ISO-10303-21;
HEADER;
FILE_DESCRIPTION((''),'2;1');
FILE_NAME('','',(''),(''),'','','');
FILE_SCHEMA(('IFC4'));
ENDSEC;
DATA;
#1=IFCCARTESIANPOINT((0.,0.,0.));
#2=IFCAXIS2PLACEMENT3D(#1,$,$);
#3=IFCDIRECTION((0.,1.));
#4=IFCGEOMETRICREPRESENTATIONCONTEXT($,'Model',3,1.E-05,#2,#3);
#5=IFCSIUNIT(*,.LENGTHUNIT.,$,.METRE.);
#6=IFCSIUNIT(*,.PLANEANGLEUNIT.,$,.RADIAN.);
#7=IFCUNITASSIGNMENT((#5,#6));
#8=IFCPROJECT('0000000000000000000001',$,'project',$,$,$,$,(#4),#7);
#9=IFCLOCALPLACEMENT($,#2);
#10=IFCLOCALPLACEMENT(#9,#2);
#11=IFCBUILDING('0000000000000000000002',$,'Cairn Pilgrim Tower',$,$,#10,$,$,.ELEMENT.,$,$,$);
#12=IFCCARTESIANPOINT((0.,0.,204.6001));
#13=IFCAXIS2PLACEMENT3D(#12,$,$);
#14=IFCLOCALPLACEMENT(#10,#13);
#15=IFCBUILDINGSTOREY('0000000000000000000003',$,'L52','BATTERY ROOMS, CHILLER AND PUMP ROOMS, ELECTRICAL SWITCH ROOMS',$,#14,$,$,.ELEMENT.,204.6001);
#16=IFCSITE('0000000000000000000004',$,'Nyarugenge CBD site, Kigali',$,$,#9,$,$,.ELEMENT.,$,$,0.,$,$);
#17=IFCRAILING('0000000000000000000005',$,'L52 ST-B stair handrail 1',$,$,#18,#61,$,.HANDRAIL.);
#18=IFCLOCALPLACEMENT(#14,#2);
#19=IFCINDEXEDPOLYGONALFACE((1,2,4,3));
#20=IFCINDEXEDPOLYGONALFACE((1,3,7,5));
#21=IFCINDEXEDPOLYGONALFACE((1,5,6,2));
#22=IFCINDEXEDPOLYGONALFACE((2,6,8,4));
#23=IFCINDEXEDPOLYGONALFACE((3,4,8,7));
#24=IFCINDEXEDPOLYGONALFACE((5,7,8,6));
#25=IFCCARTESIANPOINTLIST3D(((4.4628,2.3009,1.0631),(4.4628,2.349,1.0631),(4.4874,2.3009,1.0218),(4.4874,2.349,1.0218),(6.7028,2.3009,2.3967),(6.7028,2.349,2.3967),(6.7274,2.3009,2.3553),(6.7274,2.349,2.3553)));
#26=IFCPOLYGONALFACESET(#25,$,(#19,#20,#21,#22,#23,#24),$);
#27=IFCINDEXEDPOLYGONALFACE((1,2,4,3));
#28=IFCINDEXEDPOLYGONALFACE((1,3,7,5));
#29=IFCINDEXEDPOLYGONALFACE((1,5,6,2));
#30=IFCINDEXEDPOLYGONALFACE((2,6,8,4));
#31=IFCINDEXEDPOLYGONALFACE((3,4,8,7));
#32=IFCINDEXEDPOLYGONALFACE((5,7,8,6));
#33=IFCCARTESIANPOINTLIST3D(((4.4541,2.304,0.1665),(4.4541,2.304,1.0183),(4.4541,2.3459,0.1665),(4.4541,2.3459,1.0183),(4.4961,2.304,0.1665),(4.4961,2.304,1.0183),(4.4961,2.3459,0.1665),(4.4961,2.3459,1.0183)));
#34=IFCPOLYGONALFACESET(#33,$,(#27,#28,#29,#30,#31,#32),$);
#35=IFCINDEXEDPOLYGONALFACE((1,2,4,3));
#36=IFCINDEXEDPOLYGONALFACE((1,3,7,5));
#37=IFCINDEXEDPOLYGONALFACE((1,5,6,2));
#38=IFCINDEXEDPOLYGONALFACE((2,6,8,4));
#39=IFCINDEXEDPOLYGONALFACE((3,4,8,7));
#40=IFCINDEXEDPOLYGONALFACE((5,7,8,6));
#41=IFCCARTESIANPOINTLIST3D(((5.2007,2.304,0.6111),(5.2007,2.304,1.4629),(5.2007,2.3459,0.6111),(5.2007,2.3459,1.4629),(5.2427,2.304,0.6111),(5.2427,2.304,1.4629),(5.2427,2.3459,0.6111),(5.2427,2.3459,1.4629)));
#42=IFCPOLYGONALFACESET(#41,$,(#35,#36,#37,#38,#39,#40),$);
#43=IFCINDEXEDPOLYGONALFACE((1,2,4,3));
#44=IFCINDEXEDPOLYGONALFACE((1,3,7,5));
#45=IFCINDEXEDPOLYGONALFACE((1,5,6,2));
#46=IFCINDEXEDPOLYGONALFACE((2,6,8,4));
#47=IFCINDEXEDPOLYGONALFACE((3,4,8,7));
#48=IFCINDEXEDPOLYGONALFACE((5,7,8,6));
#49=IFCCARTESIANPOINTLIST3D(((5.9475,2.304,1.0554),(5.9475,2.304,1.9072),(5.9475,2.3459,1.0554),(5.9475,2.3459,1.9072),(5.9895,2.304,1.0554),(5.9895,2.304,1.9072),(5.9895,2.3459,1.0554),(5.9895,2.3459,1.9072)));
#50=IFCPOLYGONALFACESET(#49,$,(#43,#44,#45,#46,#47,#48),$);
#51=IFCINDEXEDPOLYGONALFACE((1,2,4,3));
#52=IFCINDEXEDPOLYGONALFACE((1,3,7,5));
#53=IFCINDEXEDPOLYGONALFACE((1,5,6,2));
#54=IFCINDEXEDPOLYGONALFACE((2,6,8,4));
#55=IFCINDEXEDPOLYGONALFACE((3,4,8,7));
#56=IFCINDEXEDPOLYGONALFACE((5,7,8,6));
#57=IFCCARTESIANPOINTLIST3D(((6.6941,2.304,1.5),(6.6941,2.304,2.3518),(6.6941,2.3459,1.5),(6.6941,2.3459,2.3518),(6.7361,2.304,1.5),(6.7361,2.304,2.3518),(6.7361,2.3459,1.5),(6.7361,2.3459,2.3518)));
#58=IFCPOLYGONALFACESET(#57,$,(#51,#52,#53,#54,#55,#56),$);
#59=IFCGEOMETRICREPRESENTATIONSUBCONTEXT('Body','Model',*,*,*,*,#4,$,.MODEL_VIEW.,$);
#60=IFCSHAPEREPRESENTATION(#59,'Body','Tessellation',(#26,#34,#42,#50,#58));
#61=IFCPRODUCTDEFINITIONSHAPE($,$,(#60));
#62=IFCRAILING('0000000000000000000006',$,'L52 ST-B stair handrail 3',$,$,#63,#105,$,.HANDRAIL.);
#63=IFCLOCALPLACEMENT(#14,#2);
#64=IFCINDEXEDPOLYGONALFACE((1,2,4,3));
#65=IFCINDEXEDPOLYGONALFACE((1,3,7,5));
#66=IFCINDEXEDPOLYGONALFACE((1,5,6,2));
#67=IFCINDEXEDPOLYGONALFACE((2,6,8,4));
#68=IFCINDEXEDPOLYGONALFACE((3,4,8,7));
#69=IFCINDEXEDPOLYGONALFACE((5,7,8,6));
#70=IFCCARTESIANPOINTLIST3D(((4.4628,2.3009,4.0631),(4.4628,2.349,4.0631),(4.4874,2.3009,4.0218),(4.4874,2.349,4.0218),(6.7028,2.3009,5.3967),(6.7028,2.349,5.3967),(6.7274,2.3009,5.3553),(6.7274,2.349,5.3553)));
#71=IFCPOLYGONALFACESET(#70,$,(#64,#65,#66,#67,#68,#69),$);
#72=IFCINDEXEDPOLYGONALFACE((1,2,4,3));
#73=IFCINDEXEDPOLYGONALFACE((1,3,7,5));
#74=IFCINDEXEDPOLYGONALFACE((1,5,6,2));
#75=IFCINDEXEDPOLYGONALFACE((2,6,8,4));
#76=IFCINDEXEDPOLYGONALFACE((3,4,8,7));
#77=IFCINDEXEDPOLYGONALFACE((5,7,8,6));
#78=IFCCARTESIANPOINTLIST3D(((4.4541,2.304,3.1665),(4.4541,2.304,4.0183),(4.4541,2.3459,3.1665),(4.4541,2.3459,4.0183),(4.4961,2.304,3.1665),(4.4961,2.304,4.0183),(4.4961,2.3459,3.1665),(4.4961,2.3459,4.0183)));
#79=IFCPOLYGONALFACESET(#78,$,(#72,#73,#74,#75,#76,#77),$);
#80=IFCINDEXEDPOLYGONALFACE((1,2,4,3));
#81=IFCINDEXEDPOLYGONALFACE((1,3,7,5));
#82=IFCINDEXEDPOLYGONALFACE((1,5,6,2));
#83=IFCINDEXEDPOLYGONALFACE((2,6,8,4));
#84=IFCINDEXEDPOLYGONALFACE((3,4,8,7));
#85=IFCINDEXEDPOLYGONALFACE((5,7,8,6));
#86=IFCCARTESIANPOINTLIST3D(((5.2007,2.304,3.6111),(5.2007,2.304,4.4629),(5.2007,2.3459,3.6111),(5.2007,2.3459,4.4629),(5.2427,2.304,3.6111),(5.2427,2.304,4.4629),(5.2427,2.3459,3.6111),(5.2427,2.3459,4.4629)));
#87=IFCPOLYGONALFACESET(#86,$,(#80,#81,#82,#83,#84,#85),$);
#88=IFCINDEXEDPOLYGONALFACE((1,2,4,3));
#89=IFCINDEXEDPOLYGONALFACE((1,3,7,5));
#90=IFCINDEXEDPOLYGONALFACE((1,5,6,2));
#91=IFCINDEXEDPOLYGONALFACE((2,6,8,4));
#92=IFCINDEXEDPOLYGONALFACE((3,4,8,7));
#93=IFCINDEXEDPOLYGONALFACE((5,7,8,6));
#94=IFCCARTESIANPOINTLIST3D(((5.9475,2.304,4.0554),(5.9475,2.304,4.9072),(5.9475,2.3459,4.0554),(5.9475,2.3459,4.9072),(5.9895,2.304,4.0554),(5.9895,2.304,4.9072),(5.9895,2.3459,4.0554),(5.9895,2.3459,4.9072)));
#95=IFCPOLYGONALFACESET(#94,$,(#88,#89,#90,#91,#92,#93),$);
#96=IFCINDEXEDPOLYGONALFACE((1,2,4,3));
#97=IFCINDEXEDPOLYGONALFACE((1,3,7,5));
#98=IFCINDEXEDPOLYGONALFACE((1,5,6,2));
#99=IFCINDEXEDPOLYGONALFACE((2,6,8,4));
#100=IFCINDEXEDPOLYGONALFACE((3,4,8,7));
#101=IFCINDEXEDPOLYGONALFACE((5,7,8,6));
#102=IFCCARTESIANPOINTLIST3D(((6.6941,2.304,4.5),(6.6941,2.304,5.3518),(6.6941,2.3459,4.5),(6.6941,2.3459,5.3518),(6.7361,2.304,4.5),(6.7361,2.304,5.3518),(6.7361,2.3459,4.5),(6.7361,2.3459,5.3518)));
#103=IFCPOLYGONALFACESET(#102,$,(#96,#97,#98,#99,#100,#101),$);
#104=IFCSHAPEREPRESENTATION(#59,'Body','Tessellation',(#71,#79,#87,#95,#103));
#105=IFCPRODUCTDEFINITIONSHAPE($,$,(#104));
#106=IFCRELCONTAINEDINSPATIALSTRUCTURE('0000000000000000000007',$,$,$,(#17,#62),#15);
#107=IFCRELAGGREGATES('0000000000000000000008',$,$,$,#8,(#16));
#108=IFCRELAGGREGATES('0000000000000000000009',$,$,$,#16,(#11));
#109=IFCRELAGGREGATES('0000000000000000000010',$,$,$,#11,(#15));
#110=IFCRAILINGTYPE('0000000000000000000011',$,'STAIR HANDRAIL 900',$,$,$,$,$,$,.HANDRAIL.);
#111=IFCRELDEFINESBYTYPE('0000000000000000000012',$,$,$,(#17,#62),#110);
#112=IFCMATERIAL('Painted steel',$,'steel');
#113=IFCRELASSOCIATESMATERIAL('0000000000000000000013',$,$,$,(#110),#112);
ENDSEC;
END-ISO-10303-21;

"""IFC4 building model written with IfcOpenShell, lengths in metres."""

from ifc_helpers import new_model, si_unit, direction, frame, origin, origin_2d, place, context, subcontext, project, spatial, rectangle, extrude, material, type_object, element, save


model = new_model("IFC4")

# Units and contexts
model_context = context("Model", 3, precision=1e-05, world=origin(), true_north=direction((0.0, 1.0)))
body_context = subcontext(model_context, "Body", "Model", "MODEL_VIEW")
ifc_project = project(units=[si_unit("LENGTHUNIT", "METRE"), si_unit("PLANEANGLEUNIT", "RADIAN")], contexts=[model_context])

# Site, building, storey
site_placement = place(None, origin())
site = spatial("IfcSite", under=ifc_project, at=site_placement, Name="Nyarugenge CBD site, Kigali", CompositionType="ELEMENT", RefElevation=0.0)
building_placement = place(site_placement, origin())
building = spatial("IfcBuilding", under=site, at=building_placement, Name="Cairn Pilgrim Tower", CompositionType="ELEMENT")
storey_placement = place(building_placement, frame((0.0, 0.0, 204.6001)))
storey = spatial("IfcBuildingStorey", under=building, at=storey_placement, Name="L52", Description="BATTERY ROOMS, CHILLER AND PUMP ROOMS, ELECTRICAL SWITCH ROOMS", CompositionType="ELEMENT", Elevation=204.6001)

# Shared definitions
ifc_material_1 = material(Name="Painted steel", Category="steel")

# Railings
railing_type_1 = type_object("IfcRailingType", Name="STAIR HANDRAIL 900", PredefinedType="HANDRAIL", material=ifc_material_1)
for number, where, name in (
    (1, (4.4751, 2.325, 0.1665), "L52 ST-B stair handrail 1"),
    (2, (4.4751, 2.325, 3.1665), "L52 ST-B stair handrail 3"),
):
    element("IfcRailing", number, at=place(storey_placement, frame(where)), inside=storey, type_object=railing_type_1, Name=name, PredefinedType="HANDRAIL", context=body_context, shape_type="SweptSolid", body=[
        extrude(rectangle(XDim=0.0481, YDim=0.0481, at=origin_2d()), frame((0.0, 0.0, 0.876), z_axis=(0.859264, 0.0, 0.511532), x_axis=(0.0, 1.0, 0.0)), (0.0, 0.0, 1.0), 2.6069),
        extrude(rectangle(XDim=0.042, YDim=0.042, at=origin_2d()), origin(), (0.0, 0.0, 1.0), 0.8518),
        extrude(rectangle(XDim=0.042, YDim=0.042, at=origin_2d()), frame((0.7466, 0.0, 0.4446)), (0.0, 0.0, 1.0), 0.8518),
        extrude(rectangle(XDim=0.042, YDim=0.042, at=origin_2d()), frame((1.4934, 0.0, 0.8889)), (0.0, 0.0, 1.0), 0.8518),
        extrude(rectangle(XDim=0.042, YDim=0.042, at=origin_2d()), frame((2.24, 0.0, 1.3335)), (0.0, 0.0, 1.0), 0.8518),
    ])

save(model, "model.ifc")
